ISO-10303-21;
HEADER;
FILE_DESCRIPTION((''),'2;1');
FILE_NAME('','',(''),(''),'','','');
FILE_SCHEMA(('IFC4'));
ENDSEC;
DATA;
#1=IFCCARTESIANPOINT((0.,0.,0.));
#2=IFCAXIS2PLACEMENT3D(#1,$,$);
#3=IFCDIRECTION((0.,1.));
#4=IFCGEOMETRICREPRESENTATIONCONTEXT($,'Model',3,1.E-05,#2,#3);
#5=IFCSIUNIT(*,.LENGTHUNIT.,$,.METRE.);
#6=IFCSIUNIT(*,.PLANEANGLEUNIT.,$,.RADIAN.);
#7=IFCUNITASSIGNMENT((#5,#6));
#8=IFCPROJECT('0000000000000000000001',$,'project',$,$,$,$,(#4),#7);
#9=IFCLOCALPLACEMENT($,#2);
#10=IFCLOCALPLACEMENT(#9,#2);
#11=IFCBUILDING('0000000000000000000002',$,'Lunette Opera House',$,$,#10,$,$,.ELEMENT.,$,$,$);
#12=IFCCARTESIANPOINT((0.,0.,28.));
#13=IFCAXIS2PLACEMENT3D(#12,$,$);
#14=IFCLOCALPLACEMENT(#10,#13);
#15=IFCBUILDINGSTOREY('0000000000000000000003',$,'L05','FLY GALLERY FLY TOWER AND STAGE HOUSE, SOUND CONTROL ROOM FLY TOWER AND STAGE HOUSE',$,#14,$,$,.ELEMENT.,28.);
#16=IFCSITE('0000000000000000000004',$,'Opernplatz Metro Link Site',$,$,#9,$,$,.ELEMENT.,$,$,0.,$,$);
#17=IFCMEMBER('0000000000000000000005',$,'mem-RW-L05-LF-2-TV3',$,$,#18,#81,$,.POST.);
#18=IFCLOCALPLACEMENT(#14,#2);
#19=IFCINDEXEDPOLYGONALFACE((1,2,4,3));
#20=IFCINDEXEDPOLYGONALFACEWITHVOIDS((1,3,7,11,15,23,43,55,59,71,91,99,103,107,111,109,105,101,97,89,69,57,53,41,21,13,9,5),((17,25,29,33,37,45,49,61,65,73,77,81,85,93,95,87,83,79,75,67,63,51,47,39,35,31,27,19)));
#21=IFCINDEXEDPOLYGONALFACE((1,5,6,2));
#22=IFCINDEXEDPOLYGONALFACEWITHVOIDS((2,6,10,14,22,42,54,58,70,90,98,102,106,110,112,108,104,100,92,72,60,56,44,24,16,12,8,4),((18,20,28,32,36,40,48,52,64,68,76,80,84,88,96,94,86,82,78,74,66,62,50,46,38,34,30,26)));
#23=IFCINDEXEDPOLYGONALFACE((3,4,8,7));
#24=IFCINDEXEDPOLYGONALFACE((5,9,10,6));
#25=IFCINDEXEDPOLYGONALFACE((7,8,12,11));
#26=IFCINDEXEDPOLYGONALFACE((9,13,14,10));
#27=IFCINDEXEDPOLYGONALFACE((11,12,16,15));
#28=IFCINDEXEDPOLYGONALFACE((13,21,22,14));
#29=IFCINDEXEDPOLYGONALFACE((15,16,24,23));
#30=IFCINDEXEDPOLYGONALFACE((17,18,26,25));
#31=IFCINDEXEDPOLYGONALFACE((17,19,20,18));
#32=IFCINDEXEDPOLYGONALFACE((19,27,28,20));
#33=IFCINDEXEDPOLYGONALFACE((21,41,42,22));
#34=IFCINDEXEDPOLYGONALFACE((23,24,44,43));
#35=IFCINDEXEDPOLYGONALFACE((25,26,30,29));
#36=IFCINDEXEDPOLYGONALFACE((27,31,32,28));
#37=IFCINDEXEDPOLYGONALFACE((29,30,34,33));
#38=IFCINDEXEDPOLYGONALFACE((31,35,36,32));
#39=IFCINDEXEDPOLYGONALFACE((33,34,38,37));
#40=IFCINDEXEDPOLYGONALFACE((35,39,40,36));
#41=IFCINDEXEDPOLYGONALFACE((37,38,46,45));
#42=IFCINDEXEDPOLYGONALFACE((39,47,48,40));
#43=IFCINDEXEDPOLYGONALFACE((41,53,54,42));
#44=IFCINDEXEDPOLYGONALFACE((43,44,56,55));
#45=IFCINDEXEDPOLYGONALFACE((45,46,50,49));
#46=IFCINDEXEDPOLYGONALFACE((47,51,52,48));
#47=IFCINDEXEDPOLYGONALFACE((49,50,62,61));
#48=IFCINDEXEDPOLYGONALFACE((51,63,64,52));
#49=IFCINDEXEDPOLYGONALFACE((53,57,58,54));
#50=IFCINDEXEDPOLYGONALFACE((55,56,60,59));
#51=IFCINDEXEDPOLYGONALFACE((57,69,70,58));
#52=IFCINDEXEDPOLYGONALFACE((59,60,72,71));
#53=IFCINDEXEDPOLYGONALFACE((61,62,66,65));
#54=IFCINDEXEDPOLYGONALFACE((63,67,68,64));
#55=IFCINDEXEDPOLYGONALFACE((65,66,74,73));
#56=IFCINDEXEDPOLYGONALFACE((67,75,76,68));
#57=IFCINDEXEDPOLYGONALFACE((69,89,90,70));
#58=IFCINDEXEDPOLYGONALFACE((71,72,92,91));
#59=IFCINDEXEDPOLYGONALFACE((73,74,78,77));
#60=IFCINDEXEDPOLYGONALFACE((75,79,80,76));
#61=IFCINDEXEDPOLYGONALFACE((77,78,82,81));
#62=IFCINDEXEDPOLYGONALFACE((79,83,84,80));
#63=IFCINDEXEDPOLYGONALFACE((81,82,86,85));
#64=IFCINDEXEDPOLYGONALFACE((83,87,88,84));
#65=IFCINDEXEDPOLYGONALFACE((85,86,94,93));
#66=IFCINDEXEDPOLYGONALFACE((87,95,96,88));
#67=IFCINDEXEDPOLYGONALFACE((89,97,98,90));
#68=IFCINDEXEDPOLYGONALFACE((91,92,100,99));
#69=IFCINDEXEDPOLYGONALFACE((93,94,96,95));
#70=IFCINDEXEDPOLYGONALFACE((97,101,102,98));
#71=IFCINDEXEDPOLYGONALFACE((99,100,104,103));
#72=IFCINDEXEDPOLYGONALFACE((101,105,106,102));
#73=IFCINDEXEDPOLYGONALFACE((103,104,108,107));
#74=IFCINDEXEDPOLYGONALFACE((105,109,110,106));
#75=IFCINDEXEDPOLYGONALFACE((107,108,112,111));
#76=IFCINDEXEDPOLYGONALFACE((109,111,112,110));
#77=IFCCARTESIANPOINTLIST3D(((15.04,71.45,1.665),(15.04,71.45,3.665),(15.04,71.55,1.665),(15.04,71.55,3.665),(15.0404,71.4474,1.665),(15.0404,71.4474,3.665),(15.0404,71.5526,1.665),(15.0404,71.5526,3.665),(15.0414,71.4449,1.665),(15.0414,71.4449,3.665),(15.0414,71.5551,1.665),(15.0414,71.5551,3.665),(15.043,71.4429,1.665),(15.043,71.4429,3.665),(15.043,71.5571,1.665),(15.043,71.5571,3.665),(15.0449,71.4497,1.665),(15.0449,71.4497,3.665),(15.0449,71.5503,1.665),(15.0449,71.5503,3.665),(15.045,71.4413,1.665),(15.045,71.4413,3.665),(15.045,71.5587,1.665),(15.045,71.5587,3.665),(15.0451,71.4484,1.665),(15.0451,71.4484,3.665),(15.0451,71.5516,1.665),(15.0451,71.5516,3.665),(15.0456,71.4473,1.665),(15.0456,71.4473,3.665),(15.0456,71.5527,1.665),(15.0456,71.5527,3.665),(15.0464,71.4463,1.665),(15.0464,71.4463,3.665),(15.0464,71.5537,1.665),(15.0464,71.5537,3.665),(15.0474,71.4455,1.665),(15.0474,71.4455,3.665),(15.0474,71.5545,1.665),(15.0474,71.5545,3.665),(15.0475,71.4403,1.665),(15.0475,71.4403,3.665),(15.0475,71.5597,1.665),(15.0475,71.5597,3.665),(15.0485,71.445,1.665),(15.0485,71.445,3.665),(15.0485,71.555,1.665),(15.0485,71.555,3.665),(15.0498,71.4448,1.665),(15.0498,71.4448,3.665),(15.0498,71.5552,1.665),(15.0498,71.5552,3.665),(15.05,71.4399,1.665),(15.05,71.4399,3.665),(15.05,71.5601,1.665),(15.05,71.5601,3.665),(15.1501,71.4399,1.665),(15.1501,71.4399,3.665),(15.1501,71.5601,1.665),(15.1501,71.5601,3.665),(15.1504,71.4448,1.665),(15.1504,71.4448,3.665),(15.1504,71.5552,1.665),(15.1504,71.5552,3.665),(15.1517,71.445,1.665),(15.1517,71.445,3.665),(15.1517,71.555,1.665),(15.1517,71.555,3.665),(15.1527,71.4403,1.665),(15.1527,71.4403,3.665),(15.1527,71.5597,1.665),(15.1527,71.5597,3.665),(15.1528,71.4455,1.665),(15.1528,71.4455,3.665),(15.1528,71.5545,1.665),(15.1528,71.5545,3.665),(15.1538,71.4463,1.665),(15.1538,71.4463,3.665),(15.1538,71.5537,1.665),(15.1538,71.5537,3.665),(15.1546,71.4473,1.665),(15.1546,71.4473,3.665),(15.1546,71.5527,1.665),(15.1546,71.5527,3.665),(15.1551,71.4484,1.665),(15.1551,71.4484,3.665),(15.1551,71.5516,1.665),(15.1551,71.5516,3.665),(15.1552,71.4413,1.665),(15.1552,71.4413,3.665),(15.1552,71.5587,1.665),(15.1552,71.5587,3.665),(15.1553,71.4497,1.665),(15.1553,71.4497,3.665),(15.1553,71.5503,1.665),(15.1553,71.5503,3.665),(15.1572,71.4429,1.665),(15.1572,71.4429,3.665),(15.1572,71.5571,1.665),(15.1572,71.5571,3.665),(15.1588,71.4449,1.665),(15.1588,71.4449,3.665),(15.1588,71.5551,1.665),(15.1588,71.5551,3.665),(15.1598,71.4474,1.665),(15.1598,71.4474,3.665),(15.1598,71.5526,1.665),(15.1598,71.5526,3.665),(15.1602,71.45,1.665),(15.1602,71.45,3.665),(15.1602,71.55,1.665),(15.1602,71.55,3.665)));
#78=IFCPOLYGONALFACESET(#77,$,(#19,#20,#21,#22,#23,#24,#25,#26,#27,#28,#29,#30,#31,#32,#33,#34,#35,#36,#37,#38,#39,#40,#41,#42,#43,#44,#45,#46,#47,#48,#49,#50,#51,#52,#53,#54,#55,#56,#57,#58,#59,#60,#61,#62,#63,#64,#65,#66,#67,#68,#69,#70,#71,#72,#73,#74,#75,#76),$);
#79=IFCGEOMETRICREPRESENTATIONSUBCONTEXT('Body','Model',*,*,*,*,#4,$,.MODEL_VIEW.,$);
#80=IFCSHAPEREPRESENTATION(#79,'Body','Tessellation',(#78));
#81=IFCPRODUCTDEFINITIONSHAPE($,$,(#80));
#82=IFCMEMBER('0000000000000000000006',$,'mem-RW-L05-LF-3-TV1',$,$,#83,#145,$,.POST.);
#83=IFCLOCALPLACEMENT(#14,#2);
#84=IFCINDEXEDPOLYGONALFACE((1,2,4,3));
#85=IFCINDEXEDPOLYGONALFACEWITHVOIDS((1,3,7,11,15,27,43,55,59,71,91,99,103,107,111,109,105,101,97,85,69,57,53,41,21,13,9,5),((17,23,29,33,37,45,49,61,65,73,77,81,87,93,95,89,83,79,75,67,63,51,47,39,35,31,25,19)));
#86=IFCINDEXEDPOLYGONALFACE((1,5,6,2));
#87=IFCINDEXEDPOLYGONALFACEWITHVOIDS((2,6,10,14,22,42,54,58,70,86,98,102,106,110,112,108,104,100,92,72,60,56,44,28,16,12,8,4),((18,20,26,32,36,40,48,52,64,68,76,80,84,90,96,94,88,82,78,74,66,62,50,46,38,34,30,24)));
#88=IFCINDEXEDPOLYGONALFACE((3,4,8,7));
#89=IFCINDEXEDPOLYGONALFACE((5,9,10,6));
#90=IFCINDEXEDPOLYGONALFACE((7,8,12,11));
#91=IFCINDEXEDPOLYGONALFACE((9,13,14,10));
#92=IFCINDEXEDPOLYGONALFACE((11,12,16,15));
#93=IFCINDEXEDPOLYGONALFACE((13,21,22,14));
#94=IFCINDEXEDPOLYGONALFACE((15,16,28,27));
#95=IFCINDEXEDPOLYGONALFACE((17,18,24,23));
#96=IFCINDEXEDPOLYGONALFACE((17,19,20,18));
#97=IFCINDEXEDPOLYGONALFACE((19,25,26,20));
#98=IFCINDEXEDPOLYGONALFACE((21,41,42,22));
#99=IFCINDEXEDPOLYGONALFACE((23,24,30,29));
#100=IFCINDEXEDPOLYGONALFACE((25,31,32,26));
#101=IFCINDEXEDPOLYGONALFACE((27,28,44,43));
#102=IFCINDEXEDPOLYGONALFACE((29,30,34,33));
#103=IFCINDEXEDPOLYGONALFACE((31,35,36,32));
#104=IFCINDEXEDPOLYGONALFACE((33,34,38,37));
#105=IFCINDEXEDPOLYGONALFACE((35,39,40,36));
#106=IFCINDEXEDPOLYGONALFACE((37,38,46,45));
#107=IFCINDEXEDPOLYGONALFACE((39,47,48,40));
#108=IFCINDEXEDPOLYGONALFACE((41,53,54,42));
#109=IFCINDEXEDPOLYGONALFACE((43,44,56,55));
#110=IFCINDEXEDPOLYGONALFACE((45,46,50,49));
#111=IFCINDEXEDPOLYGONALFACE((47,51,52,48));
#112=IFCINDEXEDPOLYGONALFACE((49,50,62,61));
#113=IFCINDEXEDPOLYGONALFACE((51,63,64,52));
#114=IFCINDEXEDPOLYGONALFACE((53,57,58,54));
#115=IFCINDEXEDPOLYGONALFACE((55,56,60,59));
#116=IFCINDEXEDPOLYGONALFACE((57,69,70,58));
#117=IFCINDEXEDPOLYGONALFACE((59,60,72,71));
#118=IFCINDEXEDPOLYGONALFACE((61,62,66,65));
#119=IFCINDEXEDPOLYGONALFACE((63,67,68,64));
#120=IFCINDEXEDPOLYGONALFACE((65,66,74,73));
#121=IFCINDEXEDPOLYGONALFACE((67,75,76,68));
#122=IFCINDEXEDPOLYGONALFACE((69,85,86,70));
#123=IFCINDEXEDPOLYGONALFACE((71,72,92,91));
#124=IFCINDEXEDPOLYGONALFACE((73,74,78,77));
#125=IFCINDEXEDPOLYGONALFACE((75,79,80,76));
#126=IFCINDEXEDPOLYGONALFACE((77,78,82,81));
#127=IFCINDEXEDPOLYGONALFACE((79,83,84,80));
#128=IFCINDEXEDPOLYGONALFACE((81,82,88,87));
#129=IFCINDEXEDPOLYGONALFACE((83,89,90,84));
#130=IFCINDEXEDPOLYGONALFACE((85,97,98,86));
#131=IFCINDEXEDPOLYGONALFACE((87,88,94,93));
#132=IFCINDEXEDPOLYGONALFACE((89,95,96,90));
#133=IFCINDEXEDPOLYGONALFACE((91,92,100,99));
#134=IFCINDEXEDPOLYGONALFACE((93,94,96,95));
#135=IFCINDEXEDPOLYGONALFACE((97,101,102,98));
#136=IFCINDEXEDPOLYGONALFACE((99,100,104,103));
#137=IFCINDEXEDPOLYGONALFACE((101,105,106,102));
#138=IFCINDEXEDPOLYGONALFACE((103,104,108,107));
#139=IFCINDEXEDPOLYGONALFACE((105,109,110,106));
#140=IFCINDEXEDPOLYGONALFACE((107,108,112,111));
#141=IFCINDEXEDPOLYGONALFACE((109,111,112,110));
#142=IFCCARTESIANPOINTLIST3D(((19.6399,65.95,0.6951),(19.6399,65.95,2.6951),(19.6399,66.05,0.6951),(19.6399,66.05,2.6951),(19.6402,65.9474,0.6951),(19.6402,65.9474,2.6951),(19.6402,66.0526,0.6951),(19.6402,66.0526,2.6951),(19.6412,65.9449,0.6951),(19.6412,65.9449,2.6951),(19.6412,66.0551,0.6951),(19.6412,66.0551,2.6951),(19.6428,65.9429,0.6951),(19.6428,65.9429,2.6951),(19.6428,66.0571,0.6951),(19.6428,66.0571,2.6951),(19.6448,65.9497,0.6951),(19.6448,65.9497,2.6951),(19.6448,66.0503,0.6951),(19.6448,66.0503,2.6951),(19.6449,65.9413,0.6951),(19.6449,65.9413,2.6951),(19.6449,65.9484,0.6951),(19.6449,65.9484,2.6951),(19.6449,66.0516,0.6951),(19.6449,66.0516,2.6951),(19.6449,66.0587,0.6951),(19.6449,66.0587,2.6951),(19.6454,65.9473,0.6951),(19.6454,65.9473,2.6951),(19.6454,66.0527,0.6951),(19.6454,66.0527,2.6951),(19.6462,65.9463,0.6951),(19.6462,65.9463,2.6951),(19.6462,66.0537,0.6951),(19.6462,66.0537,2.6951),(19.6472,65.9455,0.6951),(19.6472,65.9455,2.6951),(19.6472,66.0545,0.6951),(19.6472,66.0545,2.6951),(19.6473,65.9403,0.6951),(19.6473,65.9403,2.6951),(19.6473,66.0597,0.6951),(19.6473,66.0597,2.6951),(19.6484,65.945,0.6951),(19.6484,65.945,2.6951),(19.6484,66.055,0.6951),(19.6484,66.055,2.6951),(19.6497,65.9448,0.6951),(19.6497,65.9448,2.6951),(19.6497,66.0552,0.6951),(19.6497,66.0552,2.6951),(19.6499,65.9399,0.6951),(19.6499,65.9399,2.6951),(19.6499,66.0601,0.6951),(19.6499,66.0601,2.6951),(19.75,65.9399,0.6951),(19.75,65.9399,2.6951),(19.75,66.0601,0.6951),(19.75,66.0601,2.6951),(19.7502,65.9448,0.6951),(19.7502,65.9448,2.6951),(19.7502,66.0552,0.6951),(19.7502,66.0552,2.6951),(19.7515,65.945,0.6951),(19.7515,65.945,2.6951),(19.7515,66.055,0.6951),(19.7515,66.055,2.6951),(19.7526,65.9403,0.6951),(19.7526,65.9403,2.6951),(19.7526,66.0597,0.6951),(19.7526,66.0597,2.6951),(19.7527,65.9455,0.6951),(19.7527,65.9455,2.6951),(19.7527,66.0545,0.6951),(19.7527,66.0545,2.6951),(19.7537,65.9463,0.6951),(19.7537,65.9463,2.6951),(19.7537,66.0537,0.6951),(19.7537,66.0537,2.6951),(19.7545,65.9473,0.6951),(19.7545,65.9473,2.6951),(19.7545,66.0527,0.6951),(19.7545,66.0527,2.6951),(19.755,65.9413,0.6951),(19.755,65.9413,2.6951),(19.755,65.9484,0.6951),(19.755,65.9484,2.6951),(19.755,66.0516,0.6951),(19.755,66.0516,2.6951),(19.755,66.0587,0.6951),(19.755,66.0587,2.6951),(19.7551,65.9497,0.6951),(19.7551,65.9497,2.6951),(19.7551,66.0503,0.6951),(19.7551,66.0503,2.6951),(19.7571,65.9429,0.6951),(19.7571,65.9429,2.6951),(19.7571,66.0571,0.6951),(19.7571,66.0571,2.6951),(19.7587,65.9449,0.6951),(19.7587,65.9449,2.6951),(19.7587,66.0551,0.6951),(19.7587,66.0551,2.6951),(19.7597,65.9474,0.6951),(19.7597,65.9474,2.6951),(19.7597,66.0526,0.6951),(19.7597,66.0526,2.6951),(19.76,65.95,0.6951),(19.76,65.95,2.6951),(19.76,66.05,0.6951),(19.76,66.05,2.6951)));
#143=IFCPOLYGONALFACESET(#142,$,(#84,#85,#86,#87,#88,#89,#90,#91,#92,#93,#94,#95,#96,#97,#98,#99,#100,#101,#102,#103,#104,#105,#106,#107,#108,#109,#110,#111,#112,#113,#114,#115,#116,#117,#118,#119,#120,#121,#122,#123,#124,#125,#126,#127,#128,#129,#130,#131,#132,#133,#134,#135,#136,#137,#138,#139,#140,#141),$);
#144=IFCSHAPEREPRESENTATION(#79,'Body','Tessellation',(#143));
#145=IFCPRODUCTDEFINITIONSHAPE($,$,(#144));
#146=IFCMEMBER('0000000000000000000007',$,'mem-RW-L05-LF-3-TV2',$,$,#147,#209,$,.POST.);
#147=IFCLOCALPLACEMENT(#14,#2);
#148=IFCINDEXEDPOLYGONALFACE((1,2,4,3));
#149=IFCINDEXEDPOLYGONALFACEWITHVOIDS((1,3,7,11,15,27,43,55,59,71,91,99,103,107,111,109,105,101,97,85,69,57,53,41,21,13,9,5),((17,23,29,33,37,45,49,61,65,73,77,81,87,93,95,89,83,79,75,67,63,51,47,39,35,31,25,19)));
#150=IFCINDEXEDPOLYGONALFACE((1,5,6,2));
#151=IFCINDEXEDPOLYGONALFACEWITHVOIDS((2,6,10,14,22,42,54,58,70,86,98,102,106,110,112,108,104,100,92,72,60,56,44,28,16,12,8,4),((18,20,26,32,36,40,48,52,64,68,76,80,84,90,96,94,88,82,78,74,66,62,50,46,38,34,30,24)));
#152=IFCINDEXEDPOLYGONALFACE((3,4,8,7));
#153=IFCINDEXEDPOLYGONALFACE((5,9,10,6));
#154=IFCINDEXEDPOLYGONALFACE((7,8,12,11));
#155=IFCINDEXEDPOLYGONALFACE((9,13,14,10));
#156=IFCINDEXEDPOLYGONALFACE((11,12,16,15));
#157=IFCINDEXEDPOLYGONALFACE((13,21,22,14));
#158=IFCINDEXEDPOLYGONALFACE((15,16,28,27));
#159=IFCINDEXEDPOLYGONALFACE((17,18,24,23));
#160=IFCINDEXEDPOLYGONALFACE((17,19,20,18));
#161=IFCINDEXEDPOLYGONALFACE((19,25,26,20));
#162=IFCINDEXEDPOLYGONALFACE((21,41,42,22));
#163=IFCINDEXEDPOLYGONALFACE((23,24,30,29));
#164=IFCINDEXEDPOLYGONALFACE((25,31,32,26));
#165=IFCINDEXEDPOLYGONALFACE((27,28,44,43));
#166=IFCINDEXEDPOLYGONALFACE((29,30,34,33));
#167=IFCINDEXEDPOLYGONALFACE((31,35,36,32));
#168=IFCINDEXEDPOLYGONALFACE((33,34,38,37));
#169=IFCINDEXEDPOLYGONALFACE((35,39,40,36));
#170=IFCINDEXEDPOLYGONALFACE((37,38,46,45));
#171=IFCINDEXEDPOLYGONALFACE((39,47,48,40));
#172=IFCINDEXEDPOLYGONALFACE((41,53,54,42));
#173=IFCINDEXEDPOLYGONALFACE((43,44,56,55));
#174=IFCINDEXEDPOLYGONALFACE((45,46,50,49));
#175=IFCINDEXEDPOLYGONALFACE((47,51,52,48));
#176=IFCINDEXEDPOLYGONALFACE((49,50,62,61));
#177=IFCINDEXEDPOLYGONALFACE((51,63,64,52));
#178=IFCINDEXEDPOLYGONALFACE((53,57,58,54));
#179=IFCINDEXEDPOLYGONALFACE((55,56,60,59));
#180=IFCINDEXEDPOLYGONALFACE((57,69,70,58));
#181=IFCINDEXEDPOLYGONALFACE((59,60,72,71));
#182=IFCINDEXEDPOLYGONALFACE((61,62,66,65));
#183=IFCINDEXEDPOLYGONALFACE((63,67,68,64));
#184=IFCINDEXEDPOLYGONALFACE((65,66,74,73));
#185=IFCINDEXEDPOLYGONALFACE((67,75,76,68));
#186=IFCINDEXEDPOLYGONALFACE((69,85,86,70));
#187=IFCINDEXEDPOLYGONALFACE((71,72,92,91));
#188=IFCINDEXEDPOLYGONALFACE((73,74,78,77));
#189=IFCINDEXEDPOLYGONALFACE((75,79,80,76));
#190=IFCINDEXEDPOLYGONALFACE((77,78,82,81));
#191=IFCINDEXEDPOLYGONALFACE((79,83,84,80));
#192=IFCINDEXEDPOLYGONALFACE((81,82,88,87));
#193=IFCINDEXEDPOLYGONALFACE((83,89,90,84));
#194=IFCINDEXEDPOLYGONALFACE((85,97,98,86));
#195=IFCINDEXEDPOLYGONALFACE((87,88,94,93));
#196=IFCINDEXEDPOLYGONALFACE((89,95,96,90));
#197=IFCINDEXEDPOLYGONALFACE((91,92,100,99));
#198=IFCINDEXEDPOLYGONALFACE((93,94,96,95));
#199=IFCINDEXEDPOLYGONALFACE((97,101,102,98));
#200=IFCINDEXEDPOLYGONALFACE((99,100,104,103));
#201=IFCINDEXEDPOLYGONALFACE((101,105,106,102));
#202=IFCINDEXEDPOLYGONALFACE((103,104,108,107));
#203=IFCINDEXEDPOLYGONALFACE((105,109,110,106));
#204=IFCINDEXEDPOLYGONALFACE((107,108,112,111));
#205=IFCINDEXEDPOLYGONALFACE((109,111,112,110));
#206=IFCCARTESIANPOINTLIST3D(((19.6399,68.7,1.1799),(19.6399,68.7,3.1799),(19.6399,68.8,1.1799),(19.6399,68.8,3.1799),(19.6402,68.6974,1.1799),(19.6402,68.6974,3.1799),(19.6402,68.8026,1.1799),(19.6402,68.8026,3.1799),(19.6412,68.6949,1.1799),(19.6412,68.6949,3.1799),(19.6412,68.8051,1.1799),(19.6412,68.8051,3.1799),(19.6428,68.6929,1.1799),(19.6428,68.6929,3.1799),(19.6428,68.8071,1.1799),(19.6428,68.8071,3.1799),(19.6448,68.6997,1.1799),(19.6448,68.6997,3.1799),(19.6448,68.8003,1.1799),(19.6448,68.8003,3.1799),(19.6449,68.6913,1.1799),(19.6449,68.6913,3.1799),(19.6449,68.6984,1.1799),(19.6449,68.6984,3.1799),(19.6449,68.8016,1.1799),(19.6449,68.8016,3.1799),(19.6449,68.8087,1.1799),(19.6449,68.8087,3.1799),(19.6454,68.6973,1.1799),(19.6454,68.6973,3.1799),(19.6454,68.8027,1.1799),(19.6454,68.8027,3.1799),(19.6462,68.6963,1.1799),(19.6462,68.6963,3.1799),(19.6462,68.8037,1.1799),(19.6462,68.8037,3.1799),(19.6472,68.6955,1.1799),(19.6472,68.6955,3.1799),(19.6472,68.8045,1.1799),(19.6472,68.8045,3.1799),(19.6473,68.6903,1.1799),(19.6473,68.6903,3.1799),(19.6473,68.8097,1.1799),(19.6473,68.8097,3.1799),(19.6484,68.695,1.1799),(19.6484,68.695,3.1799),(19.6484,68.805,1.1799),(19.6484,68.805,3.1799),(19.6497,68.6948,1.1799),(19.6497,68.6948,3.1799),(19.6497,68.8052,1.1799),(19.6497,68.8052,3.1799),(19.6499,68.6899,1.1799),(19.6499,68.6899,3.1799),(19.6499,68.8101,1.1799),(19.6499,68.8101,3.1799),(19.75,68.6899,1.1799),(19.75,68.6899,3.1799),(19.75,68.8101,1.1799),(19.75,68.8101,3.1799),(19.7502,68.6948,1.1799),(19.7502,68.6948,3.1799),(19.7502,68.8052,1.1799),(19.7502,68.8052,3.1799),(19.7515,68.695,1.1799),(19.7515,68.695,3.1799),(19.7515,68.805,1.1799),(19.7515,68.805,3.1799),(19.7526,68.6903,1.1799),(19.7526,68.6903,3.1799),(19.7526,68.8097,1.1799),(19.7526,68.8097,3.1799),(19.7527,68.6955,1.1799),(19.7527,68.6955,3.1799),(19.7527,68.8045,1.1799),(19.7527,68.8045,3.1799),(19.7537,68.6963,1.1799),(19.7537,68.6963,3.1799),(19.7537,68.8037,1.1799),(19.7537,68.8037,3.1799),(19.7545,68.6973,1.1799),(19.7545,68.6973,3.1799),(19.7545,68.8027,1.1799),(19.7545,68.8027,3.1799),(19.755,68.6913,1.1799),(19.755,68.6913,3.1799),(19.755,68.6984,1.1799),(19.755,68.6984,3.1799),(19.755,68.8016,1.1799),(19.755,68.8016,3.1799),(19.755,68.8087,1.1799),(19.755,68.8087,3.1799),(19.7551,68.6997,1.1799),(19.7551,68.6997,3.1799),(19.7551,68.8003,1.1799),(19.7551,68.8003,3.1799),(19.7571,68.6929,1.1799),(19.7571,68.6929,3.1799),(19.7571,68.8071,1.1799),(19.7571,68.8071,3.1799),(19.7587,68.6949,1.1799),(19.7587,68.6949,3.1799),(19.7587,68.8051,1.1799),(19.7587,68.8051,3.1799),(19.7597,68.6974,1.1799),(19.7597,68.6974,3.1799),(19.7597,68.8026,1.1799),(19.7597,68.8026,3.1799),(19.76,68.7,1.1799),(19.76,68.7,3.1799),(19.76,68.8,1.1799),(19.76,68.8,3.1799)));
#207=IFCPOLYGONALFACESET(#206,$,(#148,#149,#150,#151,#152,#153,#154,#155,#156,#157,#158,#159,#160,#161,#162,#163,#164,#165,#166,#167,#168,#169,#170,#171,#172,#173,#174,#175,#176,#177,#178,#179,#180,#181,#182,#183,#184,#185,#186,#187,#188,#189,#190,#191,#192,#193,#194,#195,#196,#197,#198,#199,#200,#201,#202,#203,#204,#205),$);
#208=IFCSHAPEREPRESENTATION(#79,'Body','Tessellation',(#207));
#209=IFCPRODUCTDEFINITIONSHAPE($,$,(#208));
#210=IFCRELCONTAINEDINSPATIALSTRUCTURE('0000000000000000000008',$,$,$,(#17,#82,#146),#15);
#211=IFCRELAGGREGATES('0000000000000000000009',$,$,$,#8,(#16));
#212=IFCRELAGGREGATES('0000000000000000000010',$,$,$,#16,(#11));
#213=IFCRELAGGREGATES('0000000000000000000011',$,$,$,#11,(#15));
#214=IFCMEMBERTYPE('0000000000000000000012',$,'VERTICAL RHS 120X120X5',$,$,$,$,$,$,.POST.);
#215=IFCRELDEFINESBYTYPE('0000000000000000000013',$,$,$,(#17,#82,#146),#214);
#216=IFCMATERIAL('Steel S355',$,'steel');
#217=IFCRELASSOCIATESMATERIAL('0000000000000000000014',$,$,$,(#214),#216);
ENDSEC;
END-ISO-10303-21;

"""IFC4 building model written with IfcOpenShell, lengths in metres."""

from ifc_helpers import new_model, si_unit, direction, frame, origin, origin_2d, place, context, subcontext, project, spatial, hollow_rectangle, extrude, material, material_profile, profile_set, type_object, element, save


model = new_model("IFC4")

# Units and contexts
model_context = context("Model", 3, precision=1e-05, world=origin(), true_north=direction((0.0, 1.0)))
body_context = subcontext(model_context, "Body", "Model", "MODEL_VIEW")
ifc_project = project(units=[si_unit("LENGTHUNIT", "METRE"), si_unit("PLANEANGLEUNIT", "RADIAN")], contexts=[model_context])

# Site, building, storey
site_placement = place(None, origin())
site = spatial("IfcSite", under=ifc_project, at=site_placement, Name="Opernplatz Metro Link Site", CompositionType="ELEMENT", RefElevation=0.0)
building_placement = place(site_placement, origin())
building = spatial("IfcBuilding", under=site, at=building_placement, Name="Lunette Opera House", CompositionType="ELEMENT")
storey_placement = place(building_placement, frame((0.0, 0.0, 28.0)))
storey = spatial("IfcBuildingStorey", under=building, at=storey_placement, Name="L05", Description="FLY GALLERY FLY TOWER AND STAGE HOUSE, SOUND CONTROL ROOM FLY TOWER AND STAGE HOUSE", CompositionType="ELEMENT", Elevation=28.0)

# Members
ifc_material_1 = material(Name="Steel S355", Category="steel")
ifc_material_profile_1 = material_profile(ifc_material_1, hollow_rectangle(XDim=0.1201, YDim=0.1201, WallThickness=0.0049, InnerFilletRadius=0.0049, OuterFilletRadius=0.01, at=origin_2d()), Name="RHS 120X120X5")
ifc_profile_set_1 = profile_set([ifc_material_profile_1], Name="Steel S355")
member_type_1 = type_object("IfcMemberType", Name="VERTICAL RHS 120X120X5", PredefinedType="POST", material=ifc_profile_set_1)
for number, where, z_axis, x_axis, name in (
    (1, (15.1001, 71.5, 1.665), (0.0, 0.0, 1.0), (1.0, 0.0, 0.0), "mem-RW-L05-LF-2-TV3"),
    (2, (19.7, 66.0, 0.6951), (0.0, 0.0, 1.0), (1.0, 0.0, 0.0), "mem-RW-L05-LF-3-TV1"),
    (3, (19.7, 68.75, 1.1799), (0.0, 0.0, 1.0), (1.0, 0.0, 0.0), "mem-RW-L05-LF-3-TV2"),
):
    element("IfcMember", number, at=place(storey_placement, frame(where, z_axis=z_axis, x_axis=x_axis)), inside=storey, type_object=member_type_1, Name=name, PredefinedType="POST", context=body_context, shape_type="SweptSolid", body=[
        extrude(hollow_rectangle(XDim=0.1201, YDim=0.1201, WallThickness=0.0049, InnerFilletRadius=0.0049, OuterFilletRadius=0.01, at=origin_2d()), origin(), (0.0, 0.0, 1.0), 2.0),
    ])

save(model, "model.ifc")
